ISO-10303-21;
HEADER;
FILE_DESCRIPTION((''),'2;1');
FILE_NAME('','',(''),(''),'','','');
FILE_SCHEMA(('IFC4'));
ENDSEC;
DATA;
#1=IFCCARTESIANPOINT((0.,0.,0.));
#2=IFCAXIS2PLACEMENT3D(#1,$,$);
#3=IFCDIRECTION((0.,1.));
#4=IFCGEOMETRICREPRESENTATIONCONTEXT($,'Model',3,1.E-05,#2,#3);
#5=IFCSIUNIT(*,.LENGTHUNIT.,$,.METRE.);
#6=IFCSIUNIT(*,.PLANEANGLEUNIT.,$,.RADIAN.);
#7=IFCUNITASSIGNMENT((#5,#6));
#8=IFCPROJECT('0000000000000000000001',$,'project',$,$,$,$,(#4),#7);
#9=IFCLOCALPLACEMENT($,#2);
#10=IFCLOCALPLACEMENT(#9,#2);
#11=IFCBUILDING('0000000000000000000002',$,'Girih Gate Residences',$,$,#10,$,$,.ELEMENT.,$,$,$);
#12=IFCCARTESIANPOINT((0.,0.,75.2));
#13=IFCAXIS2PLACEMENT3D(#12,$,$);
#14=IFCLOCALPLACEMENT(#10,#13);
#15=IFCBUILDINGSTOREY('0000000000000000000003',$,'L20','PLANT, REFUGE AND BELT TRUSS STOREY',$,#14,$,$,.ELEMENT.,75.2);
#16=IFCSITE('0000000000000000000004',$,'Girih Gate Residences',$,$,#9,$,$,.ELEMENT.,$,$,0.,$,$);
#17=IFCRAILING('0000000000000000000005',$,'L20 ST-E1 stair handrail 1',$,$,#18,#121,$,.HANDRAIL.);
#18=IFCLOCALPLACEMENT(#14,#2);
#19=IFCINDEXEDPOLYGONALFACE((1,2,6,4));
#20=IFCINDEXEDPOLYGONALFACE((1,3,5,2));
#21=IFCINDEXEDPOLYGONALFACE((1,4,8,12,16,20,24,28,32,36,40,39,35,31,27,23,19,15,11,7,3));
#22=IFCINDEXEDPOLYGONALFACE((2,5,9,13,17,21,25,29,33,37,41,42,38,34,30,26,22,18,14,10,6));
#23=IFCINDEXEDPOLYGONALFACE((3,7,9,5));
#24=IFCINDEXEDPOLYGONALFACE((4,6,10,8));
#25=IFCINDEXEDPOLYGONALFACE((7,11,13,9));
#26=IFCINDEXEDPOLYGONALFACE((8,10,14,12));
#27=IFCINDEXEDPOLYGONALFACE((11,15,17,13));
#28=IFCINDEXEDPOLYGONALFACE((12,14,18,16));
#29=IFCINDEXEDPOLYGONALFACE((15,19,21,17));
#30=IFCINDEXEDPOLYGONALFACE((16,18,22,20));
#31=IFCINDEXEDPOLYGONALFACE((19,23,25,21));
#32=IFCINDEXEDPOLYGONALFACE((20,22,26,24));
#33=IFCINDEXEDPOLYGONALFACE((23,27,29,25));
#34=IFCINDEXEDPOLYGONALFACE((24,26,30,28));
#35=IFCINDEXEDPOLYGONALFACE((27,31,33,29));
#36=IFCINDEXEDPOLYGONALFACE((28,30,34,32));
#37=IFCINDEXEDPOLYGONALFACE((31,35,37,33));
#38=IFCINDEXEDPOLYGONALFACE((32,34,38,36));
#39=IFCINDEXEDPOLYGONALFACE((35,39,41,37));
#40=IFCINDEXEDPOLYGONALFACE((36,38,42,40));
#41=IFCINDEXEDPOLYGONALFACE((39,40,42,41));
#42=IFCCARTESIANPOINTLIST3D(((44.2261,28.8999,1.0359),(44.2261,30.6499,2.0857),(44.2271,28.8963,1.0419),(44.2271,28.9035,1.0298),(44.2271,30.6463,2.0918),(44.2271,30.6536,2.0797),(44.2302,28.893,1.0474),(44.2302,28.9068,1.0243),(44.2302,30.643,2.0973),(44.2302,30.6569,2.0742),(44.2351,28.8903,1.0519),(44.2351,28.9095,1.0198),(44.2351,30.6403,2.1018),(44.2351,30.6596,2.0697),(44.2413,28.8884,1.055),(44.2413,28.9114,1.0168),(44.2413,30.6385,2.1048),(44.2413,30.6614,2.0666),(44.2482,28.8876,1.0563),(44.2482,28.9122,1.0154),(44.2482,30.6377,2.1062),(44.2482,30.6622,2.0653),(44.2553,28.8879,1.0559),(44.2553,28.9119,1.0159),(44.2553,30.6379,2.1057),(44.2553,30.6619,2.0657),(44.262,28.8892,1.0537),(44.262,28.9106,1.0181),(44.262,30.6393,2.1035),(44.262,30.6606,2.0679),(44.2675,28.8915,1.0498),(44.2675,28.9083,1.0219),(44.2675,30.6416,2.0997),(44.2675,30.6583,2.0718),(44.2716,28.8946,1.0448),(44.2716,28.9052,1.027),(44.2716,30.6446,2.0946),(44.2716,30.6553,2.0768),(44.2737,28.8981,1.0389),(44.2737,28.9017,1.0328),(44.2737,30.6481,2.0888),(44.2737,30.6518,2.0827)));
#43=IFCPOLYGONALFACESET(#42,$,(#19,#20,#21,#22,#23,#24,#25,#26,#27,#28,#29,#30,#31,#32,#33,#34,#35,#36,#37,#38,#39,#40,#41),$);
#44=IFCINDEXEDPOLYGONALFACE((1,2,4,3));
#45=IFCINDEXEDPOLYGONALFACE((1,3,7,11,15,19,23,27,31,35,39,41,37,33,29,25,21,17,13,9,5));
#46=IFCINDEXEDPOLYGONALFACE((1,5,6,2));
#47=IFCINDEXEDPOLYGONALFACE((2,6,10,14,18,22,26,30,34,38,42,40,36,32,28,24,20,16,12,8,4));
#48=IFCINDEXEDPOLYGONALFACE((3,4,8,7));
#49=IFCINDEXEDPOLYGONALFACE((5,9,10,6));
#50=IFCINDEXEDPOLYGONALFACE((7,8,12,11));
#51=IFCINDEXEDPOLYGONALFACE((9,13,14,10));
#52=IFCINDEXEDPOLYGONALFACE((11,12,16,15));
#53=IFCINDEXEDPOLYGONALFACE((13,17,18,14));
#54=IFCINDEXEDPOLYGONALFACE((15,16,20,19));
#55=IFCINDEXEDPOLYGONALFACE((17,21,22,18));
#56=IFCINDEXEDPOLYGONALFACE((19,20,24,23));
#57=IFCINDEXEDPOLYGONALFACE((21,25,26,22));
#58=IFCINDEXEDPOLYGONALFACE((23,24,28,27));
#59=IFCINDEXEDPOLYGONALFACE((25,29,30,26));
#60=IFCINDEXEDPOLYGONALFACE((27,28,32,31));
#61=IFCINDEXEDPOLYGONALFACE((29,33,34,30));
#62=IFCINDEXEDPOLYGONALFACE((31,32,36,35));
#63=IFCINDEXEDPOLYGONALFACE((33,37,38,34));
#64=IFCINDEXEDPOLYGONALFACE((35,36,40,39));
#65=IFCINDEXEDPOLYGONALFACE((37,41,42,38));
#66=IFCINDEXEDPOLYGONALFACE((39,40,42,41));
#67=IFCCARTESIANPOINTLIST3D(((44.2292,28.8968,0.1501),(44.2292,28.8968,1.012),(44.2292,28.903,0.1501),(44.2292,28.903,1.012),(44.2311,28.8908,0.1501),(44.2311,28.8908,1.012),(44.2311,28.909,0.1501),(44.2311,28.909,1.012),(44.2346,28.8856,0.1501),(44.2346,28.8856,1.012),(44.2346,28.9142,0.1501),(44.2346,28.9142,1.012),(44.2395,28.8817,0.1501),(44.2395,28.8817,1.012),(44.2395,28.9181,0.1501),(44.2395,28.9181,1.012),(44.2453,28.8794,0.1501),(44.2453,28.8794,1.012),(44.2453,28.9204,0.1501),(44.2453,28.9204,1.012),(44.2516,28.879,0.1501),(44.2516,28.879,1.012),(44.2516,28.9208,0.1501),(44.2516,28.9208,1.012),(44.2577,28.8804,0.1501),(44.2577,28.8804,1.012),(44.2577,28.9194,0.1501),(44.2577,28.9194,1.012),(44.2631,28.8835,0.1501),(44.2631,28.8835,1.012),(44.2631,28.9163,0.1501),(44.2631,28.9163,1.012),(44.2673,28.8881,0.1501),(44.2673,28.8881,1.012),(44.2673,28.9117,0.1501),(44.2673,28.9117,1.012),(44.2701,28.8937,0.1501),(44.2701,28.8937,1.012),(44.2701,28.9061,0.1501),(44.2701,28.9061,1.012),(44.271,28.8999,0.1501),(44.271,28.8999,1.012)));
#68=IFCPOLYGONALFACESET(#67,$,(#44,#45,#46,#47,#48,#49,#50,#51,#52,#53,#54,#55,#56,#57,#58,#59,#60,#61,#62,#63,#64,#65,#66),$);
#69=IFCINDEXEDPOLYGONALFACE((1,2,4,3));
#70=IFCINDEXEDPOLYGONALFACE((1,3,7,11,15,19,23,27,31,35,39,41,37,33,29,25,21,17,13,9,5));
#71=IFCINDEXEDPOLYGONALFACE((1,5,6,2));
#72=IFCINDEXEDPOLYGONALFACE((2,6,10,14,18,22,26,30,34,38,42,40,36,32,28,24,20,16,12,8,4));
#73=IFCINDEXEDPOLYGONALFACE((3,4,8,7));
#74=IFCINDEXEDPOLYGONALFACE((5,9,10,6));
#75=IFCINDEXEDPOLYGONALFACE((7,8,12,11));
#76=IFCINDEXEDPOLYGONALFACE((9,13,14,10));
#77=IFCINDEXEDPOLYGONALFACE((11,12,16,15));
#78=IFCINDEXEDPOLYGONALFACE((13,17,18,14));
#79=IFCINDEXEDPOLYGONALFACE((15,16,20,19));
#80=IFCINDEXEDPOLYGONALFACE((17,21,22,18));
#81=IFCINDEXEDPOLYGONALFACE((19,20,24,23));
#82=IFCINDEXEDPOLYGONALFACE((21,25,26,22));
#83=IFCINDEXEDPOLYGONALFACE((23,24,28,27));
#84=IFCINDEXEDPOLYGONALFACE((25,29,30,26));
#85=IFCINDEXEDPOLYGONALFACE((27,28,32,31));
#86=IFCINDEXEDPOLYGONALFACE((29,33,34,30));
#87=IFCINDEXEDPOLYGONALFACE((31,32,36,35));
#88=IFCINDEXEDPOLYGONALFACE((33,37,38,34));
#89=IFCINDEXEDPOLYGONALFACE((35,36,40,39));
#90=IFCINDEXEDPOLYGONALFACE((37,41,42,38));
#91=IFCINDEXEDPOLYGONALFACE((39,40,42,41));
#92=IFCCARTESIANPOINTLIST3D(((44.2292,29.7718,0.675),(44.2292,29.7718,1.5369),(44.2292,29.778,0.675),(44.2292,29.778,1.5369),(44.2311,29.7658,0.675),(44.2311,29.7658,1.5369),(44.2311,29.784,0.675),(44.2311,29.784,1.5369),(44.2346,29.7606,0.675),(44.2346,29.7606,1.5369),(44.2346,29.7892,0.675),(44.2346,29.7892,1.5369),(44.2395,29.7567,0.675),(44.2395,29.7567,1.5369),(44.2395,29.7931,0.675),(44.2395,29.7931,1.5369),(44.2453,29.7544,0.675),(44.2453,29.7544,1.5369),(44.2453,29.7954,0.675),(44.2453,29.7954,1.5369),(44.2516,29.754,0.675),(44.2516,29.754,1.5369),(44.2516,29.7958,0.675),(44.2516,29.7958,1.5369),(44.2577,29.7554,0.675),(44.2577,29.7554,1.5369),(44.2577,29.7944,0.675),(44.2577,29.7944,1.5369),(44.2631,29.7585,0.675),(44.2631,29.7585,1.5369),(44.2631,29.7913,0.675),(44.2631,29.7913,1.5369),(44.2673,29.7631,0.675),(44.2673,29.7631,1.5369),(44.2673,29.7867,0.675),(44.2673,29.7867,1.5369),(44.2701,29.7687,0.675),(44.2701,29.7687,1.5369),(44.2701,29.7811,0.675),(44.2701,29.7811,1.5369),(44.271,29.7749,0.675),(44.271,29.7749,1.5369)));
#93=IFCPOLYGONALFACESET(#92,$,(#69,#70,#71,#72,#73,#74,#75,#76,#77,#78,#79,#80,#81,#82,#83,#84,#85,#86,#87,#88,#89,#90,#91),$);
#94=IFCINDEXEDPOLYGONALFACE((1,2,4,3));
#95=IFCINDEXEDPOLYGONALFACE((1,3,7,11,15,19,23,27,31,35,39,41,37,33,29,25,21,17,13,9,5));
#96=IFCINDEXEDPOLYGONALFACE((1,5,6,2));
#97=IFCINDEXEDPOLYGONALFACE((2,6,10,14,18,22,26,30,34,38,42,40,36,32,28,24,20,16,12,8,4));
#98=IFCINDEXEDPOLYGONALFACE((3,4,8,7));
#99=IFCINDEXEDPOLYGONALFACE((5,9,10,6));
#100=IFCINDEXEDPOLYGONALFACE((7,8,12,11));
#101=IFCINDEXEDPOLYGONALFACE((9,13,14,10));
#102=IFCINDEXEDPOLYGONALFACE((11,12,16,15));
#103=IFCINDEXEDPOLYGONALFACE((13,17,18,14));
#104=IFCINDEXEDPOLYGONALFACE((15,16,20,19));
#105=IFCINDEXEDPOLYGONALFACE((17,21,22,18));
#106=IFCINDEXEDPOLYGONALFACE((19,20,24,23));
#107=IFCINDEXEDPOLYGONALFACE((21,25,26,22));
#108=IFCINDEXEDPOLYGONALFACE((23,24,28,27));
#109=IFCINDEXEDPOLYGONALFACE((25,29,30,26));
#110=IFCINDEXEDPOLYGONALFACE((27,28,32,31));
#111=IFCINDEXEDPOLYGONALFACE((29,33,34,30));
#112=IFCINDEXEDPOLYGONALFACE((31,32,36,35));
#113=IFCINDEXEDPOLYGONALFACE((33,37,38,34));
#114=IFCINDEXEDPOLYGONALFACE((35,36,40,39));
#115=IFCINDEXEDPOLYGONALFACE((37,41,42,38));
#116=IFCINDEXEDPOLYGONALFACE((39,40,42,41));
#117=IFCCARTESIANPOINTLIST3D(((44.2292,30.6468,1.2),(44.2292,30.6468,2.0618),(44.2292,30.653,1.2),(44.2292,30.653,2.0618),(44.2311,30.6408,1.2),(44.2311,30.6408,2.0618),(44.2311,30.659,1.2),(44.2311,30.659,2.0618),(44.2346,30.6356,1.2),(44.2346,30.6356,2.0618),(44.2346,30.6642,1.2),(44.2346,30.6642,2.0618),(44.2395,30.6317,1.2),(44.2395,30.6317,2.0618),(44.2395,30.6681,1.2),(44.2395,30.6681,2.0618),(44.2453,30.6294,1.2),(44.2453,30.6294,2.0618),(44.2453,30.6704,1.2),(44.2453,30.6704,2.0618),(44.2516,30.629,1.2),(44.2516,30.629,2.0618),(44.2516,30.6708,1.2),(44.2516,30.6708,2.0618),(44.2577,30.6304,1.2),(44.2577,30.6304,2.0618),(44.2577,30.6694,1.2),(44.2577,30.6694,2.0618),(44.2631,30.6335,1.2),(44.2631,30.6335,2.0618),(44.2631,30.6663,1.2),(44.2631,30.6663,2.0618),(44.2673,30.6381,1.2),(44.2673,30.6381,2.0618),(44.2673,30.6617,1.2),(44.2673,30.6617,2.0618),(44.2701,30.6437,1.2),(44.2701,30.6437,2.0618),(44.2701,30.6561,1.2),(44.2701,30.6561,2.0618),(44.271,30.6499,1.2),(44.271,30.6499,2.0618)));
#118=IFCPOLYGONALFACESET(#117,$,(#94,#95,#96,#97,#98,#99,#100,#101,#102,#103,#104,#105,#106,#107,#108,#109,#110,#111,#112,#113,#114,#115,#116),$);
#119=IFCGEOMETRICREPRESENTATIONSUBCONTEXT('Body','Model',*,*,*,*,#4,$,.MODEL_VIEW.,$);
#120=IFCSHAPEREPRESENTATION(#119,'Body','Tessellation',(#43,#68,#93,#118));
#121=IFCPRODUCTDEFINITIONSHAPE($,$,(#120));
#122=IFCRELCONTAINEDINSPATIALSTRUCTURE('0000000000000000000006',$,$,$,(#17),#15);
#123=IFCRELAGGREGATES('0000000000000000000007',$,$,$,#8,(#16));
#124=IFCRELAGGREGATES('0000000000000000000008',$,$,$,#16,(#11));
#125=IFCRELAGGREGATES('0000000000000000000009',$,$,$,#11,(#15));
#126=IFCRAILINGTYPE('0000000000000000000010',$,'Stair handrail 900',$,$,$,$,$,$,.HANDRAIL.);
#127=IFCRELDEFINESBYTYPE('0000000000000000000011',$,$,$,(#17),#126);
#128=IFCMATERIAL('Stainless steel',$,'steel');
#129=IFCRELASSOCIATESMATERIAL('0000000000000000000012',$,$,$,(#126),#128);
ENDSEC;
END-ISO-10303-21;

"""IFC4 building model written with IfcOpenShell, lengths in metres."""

from ifc_helpers import new_model, si_unit, direction, frame, origin, origin_2d, place, context, subcontext, project, spatial, circle, extrude, material, type_object, element, save


model = new_model("IFC4")

# Units and contexts
model_context = context("Model", 3, precision=1e-05, world=origin(), true_north=direction((0.0, 1.0)))
body_context = subcontext(model_context, "Body", "Model", "MODEL_VIEW")
ifc_project = project(units=[si_unit("LENGTHUNIT", "METRE"), si_unit("PLANEANGLEUNIT", "RADIAN")], contexts=[model_context])

# Site, building, storey
site_placement = place(None, origin())
site = spatial("IfcSite", under=ifc_project, at=site_placement, Name="Girih Gate Residences", CompositionType="ELEMENT", RefElevation=0.0)
building_placement = place(site_placement, origin())
building = spatial("IfcBuilding", under=site, at=building_placement, Name="Girih Gate Residences", CompositionType="ELEMENT")
storey_placement = place(building_placement, frame((0.0, 0.0, 75.2)))
storey = spatial("IfcBuildingStorey", under=building, at=storey_placement, Name="L20", Description="PLANT, REFUGE AND BELT TRUSS STOREY", CompositionType="ELEMENT", Elevation=75.2)

# Railing
ifc_material_1 = material(Name="Stainless steel", Category="steel")
railing_type_1 = type_object("IfcRailingType", Name="Stair handrail 900", PredefinedType="HANDRAIL", material=ifc_material_1)
railing_1_placement = place(storey_placement, frame((44.25, 28.8999, 0.1501)))
element("IfcRailing", 1, at=railing_1_placement, inside=storey, type_object=railing_type_1, Name="L20 ST-E1 stair handrail 1", PredefinedType="HANDRAIL", context=body_context, shape_type="SweptSolid", body=[
    extrude(circle(Radius=0.0239, at=origin_2d()), frame((0.0, 0.0, 0.8857), z_axis=(0.0, 0.857535, 0.514425), x_axis=(-1.0, 0.0, 0.0)), (0.0, 0.0, 1.0), 2.0408),
    extrude(circle(Radius=0.021, at=origin_2d()), origin(), (0.0, 0.0, 1.0), 0.8618),
    extrude(circle(Radius=0.021, at=origin_2d()), frame((0.0, 0.875, 0.5249)), (0.0, 0.0, 1.0), 0.8618),
    extrude(circle(Radius=0.021, at=origin_2d()), frame((0.0, 1.75, 1.0498)), (0.0, 0.0, 1.0), 0.8618),
])

save(model, "model.ifc")
